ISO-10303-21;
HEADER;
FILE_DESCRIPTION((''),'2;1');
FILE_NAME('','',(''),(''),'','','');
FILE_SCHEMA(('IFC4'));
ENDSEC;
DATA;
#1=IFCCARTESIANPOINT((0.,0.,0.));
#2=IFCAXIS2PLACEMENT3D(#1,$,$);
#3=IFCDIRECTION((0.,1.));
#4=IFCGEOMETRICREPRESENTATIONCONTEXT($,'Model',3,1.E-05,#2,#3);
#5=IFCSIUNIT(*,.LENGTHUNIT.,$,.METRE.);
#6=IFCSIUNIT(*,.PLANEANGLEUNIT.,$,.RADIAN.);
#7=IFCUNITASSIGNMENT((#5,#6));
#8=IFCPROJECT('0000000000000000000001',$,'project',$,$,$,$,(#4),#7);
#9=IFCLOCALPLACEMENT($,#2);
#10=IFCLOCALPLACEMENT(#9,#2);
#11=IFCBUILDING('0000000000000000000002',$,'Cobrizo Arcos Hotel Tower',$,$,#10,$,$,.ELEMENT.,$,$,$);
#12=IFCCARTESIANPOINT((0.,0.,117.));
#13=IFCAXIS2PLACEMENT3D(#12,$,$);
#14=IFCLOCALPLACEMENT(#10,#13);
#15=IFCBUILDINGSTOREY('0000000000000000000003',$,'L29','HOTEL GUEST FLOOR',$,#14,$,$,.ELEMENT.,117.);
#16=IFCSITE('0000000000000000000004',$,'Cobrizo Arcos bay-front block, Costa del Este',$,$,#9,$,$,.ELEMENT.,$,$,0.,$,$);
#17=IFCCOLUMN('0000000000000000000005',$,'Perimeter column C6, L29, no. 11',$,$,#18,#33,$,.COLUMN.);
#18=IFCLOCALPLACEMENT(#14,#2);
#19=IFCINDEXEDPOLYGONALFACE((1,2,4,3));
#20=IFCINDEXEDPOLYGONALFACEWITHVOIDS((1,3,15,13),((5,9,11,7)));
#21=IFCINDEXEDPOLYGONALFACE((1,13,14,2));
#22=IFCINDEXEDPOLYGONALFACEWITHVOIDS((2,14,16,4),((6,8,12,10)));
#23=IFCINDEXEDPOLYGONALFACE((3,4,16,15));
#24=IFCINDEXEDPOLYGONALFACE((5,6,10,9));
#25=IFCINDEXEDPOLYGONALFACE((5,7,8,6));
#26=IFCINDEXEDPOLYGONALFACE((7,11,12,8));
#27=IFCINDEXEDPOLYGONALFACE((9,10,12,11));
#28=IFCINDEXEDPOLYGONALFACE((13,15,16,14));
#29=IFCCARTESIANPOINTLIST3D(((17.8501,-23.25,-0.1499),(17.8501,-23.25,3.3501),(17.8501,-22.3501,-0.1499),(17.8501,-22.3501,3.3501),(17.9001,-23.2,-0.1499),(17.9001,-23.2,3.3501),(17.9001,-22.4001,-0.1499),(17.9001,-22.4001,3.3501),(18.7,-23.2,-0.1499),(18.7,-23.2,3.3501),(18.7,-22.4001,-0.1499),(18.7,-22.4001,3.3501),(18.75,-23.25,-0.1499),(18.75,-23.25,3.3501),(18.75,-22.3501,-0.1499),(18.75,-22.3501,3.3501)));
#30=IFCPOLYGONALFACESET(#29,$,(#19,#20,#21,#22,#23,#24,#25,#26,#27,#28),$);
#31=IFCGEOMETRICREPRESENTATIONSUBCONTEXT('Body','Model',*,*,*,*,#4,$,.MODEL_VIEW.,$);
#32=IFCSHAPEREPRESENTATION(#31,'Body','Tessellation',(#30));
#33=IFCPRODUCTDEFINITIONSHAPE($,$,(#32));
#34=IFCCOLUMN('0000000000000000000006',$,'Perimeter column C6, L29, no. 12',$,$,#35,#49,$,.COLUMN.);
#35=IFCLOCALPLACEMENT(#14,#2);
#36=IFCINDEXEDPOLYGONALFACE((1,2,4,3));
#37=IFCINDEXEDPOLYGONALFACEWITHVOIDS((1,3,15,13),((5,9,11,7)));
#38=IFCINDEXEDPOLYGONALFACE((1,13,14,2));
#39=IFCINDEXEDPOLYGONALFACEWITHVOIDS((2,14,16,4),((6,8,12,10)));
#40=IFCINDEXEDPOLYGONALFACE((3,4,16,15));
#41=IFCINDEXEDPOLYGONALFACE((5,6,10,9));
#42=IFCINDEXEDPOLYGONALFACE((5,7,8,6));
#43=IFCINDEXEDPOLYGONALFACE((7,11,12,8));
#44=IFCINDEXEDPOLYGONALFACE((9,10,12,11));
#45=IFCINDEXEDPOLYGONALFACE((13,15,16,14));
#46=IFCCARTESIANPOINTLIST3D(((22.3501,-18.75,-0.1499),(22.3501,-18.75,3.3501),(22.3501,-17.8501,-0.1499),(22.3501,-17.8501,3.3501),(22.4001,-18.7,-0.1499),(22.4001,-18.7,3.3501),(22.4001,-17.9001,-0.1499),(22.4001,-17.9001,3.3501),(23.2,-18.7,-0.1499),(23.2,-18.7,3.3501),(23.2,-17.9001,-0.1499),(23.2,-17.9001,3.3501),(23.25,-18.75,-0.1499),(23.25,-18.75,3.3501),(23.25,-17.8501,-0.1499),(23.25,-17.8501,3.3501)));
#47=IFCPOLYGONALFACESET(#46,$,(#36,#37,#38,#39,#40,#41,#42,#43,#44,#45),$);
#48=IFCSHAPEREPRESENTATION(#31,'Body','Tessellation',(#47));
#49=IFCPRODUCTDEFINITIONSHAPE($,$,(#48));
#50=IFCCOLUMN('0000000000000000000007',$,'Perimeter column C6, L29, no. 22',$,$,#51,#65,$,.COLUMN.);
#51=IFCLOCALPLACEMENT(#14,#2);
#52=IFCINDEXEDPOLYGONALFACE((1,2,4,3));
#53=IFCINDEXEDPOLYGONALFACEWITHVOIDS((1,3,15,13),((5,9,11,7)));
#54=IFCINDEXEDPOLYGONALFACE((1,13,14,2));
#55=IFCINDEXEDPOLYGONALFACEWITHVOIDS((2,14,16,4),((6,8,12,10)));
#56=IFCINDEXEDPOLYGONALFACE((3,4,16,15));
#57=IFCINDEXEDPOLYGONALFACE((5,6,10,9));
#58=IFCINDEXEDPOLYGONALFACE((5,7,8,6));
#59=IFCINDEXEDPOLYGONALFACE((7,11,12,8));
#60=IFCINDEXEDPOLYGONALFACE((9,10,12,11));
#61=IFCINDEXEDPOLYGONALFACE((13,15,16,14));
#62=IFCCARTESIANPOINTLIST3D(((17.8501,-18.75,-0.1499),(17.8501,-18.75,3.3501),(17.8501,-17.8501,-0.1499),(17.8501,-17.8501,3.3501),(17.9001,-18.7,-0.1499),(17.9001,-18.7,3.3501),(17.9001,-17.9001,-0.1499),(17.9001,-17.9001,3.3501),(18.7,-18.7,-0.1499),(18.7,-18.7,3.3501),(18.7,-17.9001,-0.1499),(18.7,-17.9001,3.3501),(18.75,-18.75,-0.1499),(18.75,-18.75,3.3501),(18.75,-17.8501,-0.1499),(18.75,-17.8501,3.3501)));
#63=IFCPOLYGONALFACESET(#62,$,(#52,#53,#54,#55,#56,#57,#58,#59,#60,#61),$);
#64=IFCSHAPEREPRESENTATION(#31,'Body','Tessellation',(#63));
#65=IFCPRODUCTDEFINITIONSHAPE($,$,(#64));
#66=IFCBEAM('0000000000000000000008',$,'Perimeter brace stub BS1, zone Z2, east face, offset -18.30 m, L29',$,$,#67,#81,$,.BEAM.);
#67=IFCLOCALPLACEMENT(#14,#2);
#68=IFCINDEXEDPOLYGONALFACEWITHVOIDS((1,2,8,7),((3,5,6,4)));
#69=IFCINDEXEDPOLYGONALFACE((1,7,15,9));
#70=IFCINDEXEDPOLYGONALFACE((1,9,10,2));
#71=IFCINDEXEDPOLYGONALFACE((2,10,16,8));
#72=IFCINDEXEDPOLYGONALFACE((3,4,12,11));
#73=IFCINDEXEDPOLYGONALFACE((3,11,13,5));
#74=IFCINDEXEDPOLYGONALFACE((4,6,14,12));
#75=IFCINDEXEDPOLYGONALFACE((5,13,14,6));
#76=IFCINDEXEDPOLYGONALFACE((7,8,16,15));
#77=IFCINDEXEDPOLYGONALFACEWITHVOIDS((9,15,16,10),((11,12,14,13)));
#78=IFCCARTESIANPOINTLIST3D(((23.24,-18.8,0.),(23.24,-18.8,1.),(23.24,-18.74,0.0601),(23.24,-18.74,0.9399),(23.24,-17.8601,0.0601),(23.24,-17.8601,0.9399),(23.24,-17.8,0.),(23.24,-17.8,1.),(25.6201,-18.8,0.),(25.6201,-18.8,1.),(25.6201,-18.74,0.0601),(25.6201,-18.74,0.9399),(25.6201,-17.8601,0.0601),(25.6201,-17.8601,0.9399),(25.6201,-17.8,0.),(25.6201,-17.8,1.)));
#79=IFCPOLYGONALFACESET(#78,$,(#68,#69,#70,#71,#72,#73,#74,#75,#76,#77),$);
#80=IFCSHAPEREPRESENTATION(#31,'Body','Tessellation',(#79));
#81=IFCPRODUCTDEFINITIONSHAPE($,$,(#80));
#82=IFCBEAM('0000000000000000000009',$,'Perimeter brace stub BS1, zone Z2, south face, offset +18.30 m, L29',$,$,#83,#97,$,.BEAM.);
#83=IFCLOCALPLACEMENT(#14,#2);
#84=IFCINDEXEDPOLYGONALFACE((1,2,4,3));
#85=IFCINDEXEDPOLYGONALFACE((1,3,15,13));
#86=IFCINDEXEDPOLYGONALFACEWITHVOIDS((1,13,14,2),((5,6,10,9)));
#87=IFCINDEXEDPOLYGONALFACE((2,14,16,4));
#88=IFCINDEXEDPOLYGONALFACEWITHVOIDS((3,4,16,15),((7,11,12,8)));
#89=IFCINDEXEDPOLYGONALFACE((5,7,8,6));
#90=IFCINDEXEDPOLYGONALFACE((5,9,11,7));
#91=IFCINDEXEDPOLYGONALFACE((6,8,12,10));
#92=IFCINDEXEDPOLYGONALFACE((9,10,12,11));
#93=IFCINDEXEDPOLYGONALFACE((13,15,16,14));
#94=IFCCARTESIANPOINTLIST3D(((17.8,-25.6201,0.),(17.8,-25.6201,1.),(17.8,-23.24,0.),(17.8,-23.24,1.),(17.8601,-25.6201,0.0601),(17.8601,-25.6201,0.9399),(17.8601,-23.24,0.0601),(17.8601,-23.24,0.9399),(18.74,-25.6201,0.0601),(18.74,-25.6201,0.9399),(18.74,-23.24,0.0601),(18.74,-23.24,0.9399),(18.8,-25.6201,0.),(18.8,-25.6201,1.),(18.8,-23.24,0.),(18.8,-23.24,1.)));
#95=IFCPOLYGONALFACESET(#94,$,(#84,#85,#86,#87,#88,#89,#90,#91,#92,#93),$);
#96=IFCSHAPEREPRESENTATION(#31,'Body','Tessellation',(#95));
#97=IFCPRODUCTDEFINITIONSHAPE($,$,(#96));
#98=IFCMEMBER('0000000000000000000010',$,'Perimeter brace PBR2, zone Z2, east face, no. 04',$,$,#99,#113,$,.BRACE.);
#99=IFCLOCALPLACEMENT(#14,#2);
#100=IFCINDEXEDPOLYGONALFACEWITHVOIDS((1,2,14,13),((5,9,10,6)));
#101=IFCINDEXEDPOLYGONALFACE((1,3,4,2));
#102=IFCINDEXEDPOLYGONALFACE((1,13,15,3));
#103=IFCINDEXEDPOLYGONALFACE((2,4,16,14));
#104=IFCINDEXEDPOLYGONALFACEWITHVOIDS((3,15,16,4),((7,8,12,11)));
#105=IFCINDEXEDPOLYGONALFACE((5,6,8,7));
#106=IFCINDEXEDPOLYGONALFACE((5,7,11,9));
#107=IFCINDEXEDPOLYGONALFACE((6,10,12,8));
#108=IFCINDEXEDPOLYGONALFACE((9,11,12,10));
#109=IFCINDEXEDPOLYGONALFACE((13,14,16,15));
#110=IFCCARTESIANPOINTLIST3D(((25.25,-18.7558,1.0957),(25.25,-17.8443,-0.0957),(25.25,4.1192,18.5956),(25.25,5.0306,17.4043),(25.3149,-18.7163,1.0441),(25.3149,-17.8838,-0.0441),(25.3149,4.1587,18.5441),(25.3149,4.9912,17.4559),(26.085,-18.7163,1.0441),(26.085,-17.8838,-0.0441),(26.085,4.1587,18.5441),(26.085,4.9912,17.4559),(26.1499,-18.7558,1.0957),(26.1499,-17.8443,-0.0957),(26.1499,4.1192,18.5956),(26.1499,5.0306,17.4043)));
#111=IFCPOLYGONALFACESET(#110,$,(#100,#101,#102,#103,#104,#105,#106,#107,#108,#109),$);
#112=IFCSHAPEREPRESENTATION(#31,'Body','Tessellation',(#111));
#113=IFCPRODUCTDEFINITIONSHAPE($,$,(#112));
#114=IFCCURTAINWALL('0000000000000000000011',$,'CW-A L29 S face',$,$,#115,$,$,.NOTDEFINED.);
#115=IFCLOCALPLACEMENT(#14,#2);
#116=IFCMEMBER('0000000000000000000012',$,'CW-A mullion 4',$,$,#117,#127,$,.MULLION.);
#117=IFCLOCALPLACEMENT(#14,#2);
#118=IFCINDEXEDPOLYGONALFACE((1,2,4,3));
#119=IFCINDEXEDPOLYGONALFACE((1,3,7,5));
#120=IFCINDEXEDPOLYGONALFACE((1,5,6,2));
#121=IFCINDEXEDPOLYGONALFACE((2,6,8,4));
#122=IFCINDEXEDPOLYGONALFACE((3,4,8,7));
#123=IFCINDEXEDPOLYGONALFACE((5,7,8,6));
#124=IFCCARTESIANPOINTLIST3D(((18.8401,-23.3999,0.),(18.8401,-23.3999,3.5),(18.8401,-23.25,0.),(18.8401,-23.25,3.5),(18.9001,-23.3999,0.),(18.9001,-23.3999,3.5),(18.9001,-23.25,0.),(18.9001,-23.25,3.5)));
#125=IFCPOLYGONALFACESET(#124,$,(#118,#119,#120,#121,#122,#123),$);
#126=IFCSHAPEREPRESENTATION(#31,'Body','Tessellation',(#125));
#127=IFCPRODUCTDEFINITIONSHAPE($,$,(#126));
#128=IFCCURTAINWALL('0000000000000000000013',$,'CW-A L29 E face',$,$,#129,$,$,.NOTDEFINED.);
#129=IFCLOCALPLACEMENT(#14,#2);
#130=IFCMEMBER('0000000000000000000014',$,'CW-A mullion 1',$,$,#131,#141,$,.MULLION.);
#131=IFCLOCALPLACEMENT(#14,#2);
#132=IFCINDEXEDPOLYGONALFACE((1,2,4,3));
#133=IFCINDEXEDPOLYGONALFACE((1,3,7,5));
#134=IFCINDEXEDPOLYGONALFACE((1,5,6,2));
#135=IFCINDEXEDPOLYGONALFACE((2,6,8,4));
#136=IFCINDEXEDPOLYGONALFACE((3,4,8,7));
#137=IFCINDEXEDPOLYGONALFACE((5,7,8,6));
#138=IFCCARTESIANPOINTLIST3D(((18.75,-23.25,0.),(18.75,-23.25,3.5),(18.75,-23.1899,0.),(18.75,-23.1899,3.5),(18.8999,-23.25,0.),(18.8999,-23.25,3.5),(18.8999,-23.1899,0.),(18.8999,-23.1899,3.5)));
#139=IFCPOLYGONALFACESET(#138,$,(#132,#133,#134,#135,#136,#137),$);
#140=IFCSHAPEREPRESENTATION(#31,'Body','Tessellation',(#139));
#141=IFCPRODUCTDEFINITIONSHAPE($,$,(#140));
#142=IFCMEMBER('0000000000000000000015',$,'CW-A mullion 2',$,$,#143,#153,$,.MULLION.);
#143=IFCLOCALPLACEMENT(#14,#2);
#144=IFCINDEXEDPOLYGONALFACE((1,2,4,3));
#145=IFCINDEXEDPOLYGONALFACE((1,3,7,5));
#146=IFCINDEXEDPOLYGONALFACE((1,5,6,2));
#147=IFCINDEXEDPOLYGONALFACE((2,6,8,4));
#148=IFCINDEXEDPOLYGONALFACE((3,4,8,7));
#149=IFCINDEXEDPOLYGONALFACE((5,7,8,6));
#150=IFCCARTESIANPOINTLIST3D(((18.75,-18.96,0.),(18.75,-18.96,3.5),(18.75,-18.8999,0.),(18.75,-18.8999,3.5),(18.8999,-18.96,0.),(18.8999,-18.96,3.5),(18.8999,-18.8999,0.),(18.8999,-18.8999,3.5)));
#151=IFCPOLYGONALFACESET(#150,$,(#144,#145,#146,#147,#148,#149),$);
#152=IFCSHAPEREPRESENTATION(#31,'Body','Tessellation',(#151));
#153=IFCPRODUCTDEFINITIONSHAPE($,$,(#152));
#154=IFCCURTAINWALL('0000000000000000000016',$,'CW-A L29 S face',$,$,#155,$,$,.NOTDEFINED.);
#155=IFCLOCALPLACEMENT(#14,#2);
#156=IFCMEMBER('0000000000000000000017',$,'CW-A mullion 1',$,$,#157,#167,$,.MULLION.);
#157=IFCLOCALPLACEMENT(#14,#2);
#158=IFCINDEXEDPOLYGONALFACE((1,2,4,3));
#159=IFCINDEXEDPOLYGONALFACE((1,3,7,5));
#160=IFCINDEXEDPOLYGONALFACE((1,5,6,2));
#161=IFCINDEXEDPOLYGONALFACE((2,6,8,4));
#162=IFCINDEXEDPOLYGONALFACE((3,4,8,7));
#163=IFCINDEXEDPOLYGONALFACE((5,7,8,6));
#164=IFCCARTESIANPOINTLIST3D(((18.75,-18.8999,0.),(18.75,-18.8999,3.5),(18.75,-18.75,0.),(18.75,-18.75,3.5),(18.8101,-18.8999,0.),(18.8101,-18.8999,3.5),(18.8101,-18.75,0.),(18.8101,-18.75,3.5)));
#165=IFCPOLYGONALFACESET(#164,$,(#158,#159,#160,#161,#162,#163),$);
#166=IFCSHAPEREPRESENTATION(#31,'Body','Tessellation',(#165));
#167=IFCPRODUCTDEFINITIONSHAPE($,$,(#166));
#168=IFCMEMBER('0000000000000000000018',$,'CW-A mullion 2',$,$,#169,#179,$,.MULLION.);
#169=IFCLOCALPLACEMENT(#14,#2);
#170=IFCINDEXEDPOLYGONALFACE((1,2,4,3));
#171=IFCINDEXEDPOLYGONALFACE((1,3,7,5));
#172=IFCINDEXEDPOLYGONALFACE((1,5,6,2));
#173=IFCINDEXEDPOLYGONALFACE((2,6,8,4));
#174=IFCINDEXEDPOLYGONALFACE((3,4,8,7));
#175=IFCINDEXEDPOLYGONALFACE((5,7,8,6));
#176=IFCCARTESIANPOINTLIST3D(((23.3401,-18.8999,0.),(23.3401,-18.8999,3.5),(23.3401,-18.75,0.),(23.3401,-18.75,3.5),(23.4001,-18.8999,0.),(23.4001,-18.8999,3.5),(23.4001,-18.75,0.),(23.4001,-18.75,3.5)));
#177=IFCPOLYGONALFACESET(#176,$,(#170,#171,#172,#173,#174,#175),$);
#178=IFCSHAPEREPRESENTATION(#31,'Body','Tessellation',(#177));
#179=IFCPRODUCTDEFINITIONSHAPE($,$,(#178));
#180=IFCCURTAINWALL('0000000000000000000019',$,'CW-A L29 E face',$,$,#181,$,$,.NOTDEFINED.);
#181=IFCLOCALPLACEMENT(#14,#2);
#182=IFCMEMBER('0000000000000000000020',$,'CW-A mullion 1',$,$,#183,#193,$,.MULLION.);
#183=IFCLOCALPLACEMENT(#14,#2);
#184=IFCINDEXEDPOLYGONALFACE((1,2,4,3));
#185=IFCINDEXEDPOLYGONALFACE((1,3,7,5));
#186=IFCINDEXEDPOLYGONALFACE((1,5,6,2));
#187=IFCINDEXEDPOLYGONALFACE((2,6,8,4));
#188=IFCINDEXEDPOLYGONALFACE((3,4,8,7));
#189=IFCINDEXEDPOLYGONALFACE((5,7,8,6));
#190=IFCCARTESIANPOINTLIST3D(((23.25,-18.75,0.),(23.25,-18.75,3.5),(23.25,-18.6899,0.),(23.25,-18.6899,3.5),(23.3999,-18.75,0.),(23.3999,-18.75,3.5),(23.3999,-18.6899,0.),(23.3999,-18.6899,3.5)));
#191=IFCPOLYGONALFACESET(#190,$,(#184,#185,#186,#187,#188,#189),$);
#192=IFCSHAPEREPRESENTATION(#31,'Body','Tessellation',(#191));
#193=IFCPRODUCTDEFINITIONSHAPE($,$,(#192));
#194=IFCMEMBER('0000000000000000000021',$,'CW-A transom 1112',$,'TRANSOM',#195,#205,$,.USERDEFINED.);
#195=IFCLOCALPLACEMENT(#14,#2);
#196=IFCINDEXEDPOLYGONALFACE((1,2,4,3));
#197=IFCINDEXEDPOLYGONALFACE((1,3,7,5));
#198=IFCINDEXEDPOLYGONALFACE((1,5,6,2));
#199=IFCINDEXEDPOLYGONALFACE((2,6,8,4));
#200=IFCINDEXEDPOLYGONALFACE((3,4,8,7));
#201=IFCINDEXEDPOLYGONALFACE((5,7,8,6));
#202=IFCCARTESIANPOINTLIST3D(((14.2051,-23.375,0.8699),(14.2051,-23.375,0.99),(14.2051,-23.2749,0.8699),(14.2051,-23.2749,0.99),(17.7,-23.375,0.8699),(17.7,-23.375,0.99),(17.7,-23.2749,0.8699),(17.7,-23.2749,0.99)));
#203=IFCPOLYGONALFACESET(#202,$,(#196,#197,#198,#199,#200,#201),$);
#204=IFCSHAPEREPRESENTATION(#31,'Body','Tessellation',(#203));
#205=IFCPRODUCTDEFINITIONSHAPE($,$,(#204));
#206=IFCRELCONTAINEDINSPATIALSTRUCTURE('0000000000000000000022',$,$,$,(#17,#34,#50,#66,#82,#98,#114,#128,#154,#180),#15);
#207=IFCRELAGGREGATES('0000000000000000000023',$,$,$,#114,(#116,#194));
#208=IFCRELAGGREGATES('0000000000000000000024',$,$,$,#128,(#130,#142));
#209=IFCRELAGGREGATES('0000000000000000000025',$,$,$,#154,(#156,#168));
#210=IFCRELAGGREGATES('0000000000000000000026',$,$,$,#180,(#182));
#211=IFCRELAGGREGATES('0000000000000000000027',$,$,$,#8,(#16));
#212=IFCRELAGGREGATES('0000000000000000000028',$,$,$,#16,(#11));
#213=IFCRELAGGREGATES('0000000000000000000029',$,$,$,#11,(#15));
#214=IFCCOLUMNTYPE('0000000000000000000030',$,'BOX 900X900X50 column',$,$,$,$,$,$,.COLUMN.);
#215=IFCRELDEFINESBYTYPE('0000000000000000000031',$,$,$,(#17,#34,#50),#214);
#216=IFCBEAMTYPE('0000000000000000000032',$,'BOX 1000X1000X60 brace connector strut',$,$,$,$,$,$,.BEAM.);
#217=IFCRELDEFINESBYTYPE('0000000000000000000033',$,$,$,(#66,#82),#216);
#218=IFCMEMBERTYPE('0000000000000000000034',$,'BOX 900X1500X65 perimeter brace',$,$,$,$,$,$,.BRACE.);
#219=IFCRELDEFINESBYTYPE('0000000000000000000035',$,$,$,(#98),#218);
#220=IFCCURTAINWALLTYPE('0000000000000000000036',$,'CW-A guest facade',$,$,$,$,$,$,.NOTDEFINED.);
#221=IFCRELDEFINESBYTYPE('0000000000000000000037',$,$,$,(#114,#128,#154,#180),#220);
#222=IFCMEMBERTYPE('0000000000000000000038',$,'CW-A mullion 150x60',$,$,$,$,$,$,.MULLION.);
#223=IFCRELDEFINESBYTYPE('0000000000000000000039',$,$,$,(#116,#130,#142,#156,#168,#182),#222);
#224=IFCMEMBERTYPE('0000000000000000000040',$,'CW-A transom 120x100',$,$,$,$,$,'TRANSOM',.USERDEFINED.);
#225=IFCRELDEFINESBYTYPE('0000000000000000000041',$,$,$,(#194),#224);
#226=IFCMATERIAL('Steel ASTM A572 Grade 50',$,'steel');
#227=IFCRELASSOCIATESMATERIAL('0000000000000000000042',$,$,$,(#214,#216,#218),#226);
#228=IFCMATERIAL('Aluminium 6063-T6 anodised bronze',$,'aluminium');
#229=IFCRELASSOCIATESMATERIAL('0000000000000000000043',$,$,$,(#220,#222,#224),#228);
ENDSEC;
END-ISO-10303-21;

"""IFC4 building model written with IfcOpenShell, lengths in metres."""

from ifc_helpers import new_model, si_unit, direction, frame, origin, origin_2d, place, context, subcontext, project, spatial, rectangle, hollow_rectangle, extrude, material, material_profile, profile_set, type_object, element, aggregate, save


model = new_model("IFC4")

# Units and contexts
model_context = context("Model", 3, precision=1e-05, world=origin(), true_north=direction((0.0, 1.0)))
body_context = subcontext(model_context, "Body", "Model", "MODEL_VIEW")
ifc_project = project(units=[si_unit("LENGTHUNIT", "METRE"), si_unit("PLANEANGLEUNIT", "RADIAN")], contexts=[model_context])

# Site, building, storey
site_placement = place(None, origin())
site = spatial("IfcSite", under=ifc_project, at=site_placement, Name="Cobrizo Arcos bay-front block, Costa del Este", CompositionType="ELEMENT", RefElevation=0.0)
building_placement = place(site_placement, origin())
building = spatial("IfcBuilding", under=site, at=building_placement, Name="Cobrizo Arcos Hotel Tower", CompositionType="ELEMENT")
storey_placement = place(building_placement, frame((0.0, 0.0, 117.0)))
storey = spatial("IfcBuildingStorey", under=building, at=storey_placement, Name="L29", Description="HOTEL GUEST FLOOR", CompositionType="ELEMENT", Elevation=117.0)

# Columns
ifc_material_1 = material(Name="Steel ASTM A572 Grade 50", Category="steel")
ifc_material_profile_1 = material_profile(ifc_material_1, hollow_rectangle(XDim=0.8999, YDim=0.8999, WallThickness=0.05, at=origin_2d()), Name="BOX 900X900X50")
ifc_profile_set_1 = profile_set([ifc_material_profile_1], Name="Steel ASTM A572 Grade 50")
column_type = type_object("IfcColumnType", Name="BOX 900X900X50 column", PredefinedType="COLUMN", material=ifc_profile_set_1)
for number, where, z_axis, x_axis, name in (
    (1, (18.3, -22.8, -0.1499), (0.0, 0.0, 1.0), (1.0, 0.0, 0.0), "Perimeter column C6, L29, no. 11"),
    (2, (22.8, -18.3, -0.1499), (0.0, 0.0, 1.0), (1.0, 0.0, 0.0), "Perimeter column C6, L29, no. 12"),
    (3, (18.3, -18.3, -0.1499), (0.0, 0.0, 1.0), (1.0, 0.0, 0.0), "Perimeter column C6, L29, no. 22"),
):
    element("IfcColumn", number, at=place(storey_placement, frame(where, z_axis=z_axis, x_axis=x_axis)), inside=storey, type_object=column_type, Name=name, PredefinedType="COLUMN", context=body_context, shape_type="SweptSolid", body=[
        extrude(hollow_rectangle(XDim=0.8999, YDim=0.8999, WallThickness=0.05, at=origin_2d()), origin(), (0.0, 0.0, 1.0), 3.5),
    ])

# Beams
ifc_material_profile_2 = material_profile(ifc_material_1, hollow_rectangle(XDim=1.0, YDim=1.0, WallThickness=0.0601, at=origin_2d()), Name="BOX 1000X1000X60")
ifc_profile_set_2 = profile_set([ifc_material_profile_2], Name="Steel ASTM A572 Grade 50")
beam_type_1 = type_object("IfcBeamType", Name="BOX 1000X1000X60 brace connector strut", PredefinedType="BEAM", material=ifc_profile_set_2)
for number, where, z_axis, x_axis, name in (
    (4, (23.24, -18.3, 0.5), (1.0, 0.0, 0.0), (0.0, 1.0, 0.0), "Perimeter brace stub BS1, zone Z2, east face, offset -18.30 m, L29"),
    (5, (18.3, -23.24, 0.5), (0.0, -1.0, 0.0), (1.0, 0.0, 0.0), "Perimeter brace stub BS1, zone Z2, south face, offset +18.30 m, L29"),
):
    element("IfcBeam", number, at=place(storey_placement, frame(where, z_axis=z_axis, x_axis=x_axis)), inside=storey, type_object=beam_type_1, Name=name, PredefinedType="BEAM", context=body_context, shape_type="SweptSolid", body=[
        extrude(hollow_rectangle(XDim=1.0, YDim=1.0, WallThickness=0.0601, at=origin_2d()), origin(), (0.0, 0.0, 1.0), 2.3801),
    ])

# Member
ifc_material_profile_3 = material_profile(ifc_material_1, hollow_rectangle(XDim=0.8999, YDim=1.5, WallThickness=0.0649, at=origin_2d()), Name="BOX 900X1500X65")
ifc_profile_set_3 = profile_set([ifc_material_profile_3], Name="Steel ASTM A572 Grade 50")
member_type_1 = type_object("IfcMemberType", Name="BOX 900X1500X65 perimeter brace", PredefinedType="BRACE", material=ifc_profile_set_3)
member_1_placement = place(storey_placement, frame((25.7, -18.3, 0.5), z_axis=(0.0, 0.794235, 0.607611), x_axis=(-1.0, 0.0, 0.0)))
element("IfcMember", 6, at=member_1_placement, inside=storey, type_object=member_type_1, Name="Perimeter brace PBR2, zone Z2, east face, no. 04", PredefinedType="BRACE", context=body_context, shape_type="SweptSolid", body=[
    extrude(hollow_rectangle(XDim=0.8999, YDim=1.5, WallThickness=0.0649, at=origin_2d()), origin(), (0.0, 0.0, 1.0), 28.8013),
])

# Curtain wall, member
ifc_material_2 = material(Name="Aluminium 6063-T6 anodised bronze", Category="aluminium")
curtain_wall_type = type_object("IfcCurtainWallType", Name="CW-A guest facade", PredefinedType="NOTDEFINED", material=ifc_material_2)
curtain_wall_1_placement = place(storey_placement, origin())
curtain_wall_1 = element("IfcCurtainWall", 7, at=curtain_wall_1_placement, inside=storey, type_object=curtain_wall_type, Name="CW-A L29 S face", PredefinedType="NOTDEFINED")
ifc_material_profile_4 = material_profile(ifc_material_2, rectangle(XDim=0.1499, YDim=0.0601, at=origin_2d()), Name="CW-A mullion 150x60")
ifc_profile_set_4 = profile_set([ifc_material_profile_4], Name="Aluminium 6063-T6 anodised bronze")
member_type_2 = type_object("IfcMemberType", Name="CW-A mullion 150x60", PredefinedType="MULLION", material=ifc_profile_set_4)
member_2_placement = place(storey_placement, frame((18.8701, -23.325, 0.0), z_axis=(0.0, 0.0, 1.0), x_axis=(0.0, -1.0, 0.0)))
member_2 = element("IfcMember", 8, at=member_2_placement, type_object=member_type_2, Name="CW-A mullion 4", PredefinedType="MULLION", context=body_context, shape_type="SweptSolid", body=[
    extrude(rectangle(XDim=0.1499, YDim=0.0601, at=origin_2d()), origin(), (0.0, 0.0, 1.0), 3.5),
])

# Curtain walls, members
curtain_wall_2_placement = place(storey_placement, origin())
curtain_wall_2 = element("IfcCurtainWall", 9, at=curtain_wall_2_placement, inside=storey, type_object=curtain_wall_type, Name="CW-A L29 E face", PredefinedType="NOTDEFINED")
member_3_placement = place(storey_placement, frame((18.825, -23.22, 0.0), z_axis=(0.0, 0.0, 1.0), x_axis=(1.0, 0.0, 0.0)))
member_3 = element("IfcMember", 10, at=member_3_placement, type_object=member_type_2, Name="CW-A mullion 1", PredefinedType="MULLION", context=body_context, shape_type="SweptSolid", body=[
    extrude(rectangle(XDim=0.1499, YDim=0.0601, at=origin_2d()), origin(), (0.0, 0.0, 1.0), 3.5),
])
member_4_placement = place(storey_placement, frame((18.825, -18.9299, 0.0), z_axis=(0.0, 0.0, 1.0), x_axis=(1.0, 0.0, 0.0)))
member_4 = element("IfcMember", 11, at=member_4_placement, type_object=member_type_2, Name="CW-A mullion 2", PredefinedType="MULLION", context=body_context, shape_type="SweptSolid", body=[
    extrude(rectangle(XDim=0.1499, YDim=0.0601, at=origin_2d()), origin(), (0.0, 0.0, 1.0), 3.5),
])
curtain_wall_3_placement = place(storey_placement, origin())
curtain_wall_3 = element("IfcCurtainWall", 12, at=curtain_wall_3_placement, inside=storey, type_object=curtain_wall_type, Name="CW-A L29 S face", PredefinedType="NOTDEFINED")
member_5_placement = place(storey_placement, frame((18.78, -18.825, 0.0), z_axis=(0.0, 0.0, 1.0), x_axis=(0.0, -1.0, 0.0)))
member_5 = element("IfcMember", 13, at=member_5_placement, type_object=member_type_2, Name="CW-A mullion 1", PredefinedType="MULLION", context=body_context, shape_type="SweptSolid", body=[
    extrude(rectangle(XDim=0.1499, YDim=0.0601, at=origin_2d()), origin(), (0.0, 0.0, 1.0), 3.5),
])
member_6_placement = place(storey_placement, frame((23.3701, -18.825, 0.0), z_axis=(0.0, 0.0, 1.0), x_axis=(0.0, -1.0, 0.0)))
member_6 = element("IfcMember", 14, at=member_6_placement, type_object=member_type_2, Name="CW-A mullion 2", PredefinedType="MULLION", context=body_context, shape_type="SweptSolid", body=[
    extrude(rectangle(XDim=0.1499, YDim=0.0601, at=origin_2d()), origin(), (0.0, 0.0, 1.0), 3.5),
])

# Curtain wall, member
curtain_wall_4_placement = place(storey_placement, origin())
curtain_wall_4 = element("IfcCurtainWall", 15, at=curtain_wall_4_placement, inside=storey, type_object=curtain_wall_type, Name="CW-A L29 E face", PredefinedType="NOTDEFINED")
member_7_placement = place(storey_placement, frame((23.325, -18.72, 0.0), z_axis=(0.0, 0.0, 1.0), x_axis=(1.0, 0.0, 0.0)))
member_7 = element("IfcMember", 16, at=member_7_placement, type_object=member_type_2, Name="CW-A mullion 1", PredefinedType="MULLION", context=body_context, shape_type="SweptSolid", body=[
    extrude(rectangle(XDim=0.1499, YDim=0.0601, at=origin_2d()), origin(), (0.0, 0.0, 1.0), 3.5),
])

# Member
ifc_material_profile_5 = material_profile(ifc_material_2, rectangle(XDim=0.1001, YDim=0.1201, at=origin_2d()), Name="CW-A transom 120x100")
ifc_profile_set_5 = profile_set([ifc_material_profile_5], Name="Aluminium 6063-T6 anodised bronze")
member_type_3 = type_object("IfcMemberType", Name="CW-A transom 120x100", ElementType="TRANSOM", PredefinedType="USERDEFINED", material=ifc_profile_set_5)
member_8_placement = place(storey_placement, frame((14.2051, -23.325, 0.9299), z_axis=(1.0, 0.0, 0.0), x_axis=(0.0, 1.0, 0.0)))
member_8 = element("IfcMember", 17, at=member_8_placement, type_object=member_type_3, Name="CW-A transom 1112", ObjectType="TRANSOM", PredefinedType="USERDEFINED", context=body_context, shape_type="SweptSolid", body=[
    extrude(rectangle(XDim=0.1001, YDim=0.1201, at=origin_2d()), origin(), (0.0, 0.0, 1.0), 3.4949),
])

aggregate(curtain_wall_1, [member_2, member_8])
aggregate(curtain_wall_2, [member_3, member_4])
aggregate(curtain_wall_3, [member_5, member_6])
aggregate(curtain_wall_4, [member_7])

save(model, "model.ifc")
